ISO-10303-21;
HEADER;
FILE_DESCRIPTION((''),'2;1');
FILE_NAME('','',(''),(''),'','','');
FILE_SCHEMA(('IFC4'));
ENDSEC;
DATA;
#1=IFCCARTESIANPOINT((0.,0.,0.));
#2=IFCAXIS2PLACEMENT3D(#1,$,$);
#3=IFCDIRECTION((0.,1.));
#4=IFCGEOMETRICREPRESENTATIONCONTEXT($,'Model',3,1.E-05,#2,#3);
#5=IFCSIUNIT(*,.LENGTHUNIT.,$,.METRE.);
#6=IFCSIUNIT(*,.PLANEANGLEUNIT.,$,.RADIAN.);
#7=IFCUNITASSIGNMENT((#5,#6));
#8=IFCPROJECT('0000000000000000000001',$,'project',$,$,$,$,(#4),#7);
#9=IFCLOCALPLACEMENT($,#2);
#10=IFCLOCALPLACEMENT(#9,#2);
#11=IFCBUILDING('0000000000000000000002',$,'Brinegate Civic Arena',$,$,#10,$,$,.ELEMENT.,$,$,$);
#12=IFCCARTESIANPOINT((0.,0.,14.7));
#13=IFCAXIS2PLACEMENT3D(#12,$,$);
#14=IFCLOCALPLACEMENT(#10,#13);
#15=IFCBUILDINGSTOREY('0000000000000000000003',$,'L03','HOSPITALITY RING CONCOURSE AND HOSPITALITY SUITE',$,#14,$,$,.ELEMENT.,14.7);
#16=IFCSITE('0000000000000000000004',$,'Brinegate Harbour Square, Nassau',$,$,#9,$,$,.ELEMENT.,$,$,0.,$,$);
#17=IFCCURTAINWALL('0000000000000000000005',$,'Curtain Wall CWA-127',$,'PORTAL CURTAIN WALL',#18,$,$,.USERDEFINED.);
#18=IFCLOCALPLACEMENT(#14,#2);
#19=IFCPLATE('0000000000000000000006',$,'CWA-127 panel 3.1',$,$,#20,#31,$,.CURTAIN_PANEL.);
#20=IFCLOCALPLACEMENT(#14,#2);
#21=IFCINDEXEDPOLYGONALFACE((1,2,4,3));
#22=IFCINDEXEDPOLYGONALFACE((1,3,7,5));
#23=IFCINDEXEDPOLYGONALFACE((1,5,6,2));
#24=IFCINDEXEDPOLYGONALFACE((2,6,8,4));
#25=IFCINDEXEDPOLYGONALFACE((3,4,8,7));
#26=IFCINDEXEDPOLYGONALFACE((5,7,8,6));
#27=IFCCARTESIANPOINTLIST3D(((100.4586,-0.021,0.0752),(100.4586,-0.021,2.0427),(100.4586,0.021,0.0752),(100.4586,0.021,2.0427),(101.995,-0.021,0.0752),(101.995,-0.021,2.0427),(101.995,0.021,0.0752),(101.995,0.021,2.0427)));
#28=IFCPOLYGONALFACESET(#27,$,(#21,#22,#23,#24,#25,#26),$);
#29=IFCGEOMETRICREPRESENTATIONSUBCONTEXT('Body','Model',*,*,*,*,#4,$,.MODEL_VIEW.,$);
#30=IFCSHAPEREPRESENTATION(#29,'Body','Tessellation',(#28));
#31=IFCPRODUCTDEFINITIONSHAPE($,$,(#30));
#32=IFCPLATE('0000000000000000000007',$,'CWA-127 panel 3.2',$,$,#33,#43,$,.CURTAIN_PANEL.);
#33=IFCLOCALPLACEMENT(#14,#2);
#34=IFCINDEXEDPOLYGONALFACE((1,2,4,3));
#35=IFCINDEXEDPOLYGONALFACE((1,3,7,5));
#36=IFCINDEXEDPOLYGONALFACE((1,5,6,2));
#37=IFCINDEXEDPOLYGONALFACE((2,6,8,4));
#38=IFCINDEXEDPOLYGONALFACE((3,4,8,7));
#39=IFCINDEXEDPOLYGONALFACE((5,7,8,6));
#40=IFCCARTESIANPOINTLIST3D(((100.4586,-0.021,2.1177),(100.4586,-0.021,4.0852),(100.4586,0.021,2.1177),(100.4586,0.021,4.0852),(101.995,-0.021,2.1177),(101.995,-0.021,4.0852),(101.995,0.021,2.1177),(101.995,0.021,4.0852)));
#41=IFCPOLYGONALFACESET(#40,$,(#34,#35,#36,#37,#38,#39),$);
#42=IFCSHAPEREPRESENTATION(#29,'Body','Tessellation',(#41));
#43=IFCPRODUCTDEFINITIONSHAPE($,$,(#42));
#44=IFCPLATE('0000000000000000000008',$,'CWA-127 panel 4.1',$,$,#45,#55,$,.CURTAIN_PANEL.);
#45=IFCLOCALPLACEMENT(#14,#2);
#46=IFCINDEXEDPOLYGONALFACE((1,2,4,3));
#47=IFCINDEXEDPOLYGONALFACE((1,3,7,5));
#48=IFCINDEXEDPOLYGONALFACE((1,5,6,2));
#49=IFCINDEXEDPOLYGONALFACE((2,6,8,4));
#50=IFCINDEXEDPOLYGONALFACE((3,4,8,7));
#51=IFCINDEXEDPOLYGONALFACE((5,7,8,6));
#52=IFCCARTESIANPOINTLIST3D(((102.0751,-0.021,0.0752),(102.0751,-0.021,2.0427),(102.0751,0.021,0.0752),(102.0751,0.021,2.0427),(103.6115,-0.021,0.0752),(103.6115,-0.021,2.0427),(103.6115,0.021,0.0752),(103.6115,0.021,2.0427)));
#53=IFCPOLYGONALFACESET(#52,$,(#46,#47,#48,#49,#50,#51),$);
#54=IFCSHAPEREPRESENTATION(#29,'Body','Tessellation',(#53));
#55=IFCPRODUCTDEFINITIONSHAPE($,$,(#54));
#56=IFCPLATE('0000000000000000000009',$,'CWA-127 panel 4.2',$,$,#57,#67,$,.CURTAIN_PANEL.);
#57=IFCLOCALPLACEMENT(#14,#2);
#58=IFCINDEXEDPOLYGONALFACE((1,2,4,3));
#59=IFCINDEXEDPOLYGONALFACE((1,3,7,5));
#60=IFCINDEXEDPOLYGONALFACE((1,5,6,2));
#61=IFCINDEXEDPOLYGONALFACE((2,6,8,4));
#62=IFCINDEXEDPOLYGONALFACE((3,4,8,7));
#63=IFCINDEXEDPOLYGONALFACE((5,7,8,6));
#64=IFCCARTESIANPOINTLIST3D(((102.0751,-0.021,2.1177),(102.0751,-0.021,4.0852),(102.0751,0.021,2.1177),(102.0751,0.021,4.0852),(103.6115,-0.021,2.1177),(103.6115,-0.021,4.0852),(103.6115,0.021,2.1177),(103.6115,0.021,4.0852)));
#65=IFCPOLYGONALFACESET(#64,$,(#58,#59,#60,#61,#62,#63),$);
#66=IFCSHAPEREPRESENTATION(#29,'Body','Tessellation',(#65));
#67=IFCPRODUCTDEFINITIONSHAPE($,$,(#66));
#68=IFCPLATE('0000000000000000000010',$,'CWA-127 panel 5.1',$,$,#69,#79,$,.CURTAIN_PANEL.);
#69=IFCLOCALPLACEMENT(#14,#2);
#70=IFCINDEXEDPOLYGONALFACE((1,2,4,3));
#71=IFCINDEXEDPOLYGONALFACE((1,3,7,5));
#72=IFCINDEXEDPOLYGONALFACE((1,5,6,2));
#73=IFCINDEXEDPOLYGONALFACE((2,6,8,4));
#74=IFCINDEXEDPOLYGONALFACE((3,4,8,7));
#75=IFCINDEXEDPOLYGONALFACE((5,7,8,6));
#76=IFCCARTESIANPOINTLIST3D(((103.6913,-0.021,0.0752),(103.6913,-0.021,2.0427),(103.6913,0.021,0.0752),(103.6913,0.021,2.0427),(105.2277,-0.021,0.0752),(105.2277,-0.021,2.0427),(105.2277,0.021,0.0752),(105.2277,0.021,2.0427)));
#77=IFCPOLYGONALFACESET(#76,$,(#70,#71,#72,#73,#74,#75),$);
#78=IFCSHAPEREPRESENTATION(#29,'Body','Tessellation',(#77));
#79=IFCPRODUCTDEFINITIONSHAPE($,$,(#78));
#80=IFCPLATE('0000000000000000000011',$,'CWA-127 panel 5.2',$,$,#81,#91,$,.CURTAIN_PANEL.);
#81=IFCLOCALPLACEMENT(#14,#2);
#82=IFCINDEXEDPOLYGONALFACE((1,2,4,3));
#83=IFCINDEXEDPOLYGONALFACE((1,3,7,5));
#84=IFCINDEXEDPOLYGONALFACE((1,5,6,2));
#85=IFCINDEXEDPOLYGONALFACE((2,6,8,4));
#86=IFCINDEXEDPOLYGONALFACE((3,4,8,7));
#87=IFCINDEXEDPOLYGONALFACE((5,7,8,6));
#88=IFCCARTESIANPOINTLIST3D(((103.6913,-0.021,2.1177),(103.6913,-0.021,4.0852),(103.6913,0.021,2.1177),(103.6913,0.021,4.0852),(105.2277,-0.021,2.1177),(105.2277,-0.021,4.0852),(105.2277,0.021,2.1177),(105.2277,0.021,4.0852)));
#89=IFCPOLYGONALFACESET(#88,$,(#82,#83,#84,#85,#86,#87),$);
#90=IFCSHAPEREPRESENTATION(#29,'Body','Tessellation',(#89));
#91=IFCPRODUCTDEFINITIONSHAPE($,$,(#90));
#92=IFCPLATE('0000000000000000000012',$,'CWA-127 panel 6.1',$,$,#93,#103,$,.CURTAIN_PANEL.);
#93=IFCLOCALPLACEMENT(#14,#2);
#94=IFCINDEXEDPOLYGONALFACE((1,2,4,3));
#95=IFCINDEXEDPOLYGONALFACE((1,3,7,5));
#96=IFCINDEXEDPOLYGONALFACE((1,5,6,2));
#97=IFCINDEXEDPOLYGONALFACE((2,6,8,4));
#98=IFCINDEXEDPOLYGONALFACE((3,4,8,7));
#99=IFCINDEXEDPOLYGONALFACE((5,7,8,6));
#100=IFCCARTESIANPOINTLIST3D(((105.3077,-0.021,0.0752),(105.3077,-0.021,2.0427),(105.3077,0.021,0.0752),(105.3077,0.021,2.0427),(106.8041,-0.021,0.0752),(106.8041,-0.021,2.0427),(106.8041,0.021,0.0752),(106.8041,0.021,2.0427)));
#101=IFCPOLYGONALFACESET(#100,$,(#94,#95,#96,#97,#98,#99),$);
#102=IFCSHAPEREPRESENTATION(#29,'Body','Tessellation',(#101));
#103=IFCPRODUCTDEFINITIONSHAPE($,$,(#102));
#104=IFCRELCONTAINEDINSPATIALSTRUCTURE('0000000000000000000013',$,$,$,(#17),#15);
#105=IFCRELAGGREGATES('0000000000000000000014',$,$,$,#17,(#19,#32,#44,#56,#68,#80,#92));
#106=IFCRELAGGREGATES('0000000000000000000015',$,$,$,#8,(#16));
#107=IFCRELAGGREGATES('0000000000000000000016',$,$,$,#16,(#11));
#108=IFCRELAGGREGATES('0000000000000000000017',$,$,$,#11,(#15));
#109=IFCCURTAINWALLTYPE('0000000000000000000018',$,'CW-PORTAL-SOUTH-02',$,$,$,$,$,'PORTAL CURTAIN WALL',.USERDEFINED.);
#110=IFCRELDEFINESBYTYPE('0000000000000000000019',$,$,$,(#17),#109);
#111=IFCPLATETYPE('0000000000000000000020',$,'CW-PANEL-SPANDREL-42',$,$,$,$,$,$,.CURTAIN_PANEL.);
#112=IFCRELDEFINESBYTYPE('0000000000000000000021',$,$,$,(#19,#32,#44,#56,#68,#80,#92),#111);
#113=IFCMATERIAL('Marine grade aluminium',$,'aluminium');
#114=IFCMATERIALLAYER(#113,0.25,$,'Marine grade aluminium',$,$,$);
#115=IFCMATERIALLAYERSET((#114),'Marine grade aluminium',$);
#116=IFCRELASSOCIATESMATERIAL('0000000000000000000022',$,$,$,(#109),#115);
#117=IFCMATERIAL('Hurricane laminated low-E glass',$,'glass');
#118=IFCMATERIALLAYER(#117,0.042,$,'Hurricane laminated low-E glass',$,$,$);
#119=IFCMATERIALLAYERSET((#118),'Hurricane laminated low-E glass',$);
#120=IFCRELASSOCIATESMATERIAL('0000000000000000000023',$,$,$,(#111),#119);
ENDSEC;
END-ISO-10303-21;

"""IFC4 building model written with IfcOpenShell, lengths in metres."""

from ifc_helpers import new_model, si_unit, direction, frame, origin, origin_2d, place, context, subcontext, project, spatial, rectangle, extrude, material, layer, layer_set, type_object, element, aggregate, save


model = new_model("IFC4")

# Units and contexts
model_context = context("Model", 3, precision=1e-05, world=origin(), true_north=direction((0.0, 1.0)))
body_context = subcontext(model_context, "Body", "Model", "MODEL_VIEW")
ifc_project = project(units=[si_unit("LENGTHUNIT", "METRE"), si_unit("PLANEANGLEUNIT", "RADIAN")], contexts=[model_context])

# Site, building, storey
site_placement = place(None, origin())
site = spatial("IfcSite", under=ifc_project, at=site_placement, Name="Brinegate Harbour Square, Nassau", CompositionType="ELEMENT", RefElevation=0.0)
building_placement = place(site_placement, origin())
building = spatial("IfcBuilding", under=site, at=building_placement, Name="Brinegate Civic Arena", CompositionType="ELEMENT")
storey_placement = place(building_placement, frame((0.0, 0.0, 14.7)))
storey = spatial("IfcBuildingStorey", under=building, at=storey_placement, Name="L03", Description="HOSPITALITY RING CONCOURSE AND HOSPITALITY SUITE", CompositionType="ELEMENT", Elevation=14.7)

# Curtain wall, plates
ifc_material_1 = material(Name="Marine grade aluminium", Category="aluminium")
ifc_layer_1 = layer(ifc_material_1, 0.25, Name="Marine grade aluminium")
ifc_layer_set_1 = layer_set([ifc_layer_1], Name="Marine grade aluminium")
curtain_wall_type = type_object("IfcCurtainWallType", Name="CW-PORTAL-SOUTH-02", ElementType="PORTAL CURTAIN WALL", PredefinedType="USERDEFINED", material=ifc_layer_set_1)
curtain_wall_placement = place(storey_placement, origin())
curtain_wall = element("IfcCurtainWall", 1, at=curtain_wall_placement, inside=storey, type_object=curtain_wall_type, Name="Curtain Wall CWA-127", ObjectType="PORTAL CURTAIN WALL", PredefinedType="USERDEFINED")
ifc_material_2 = material(Name="Hurricane laminated low-E glass", Category="glass")
ifc_layer_2 = layer(ifc_material_2, 0.042, Name="Hurricane laminated low-E glass")
ifc_layer_set_2 = layer_set([ifc_layer_2], Name="Hurricane laminated low-E glass")
plate_type = type_object("IfcPlateType", Name="CW-PANEL-SPANDREL-42", PredefinedType="CURTAIN_PANEL", material=ifc_layer_set_2)
plate_1_placement = place(storey_placement, frame((101.2268, 0.0, 0.0752), z_axis=(0.0, 0.0, 1.0), x_axis=(1.0, 0.0, 0.0)))
plate_1 = element("IfcPlate", 2, at=plate_1_placement, type_object=plate_type, Name="CWA-127 panel 3.1", PredefinedType="CURTAIN_PANEL", context=body_context, shape_type="SweptSolid", body=[
    extrude(rectangle(XDim=1.5364, YDim=0.042, at=origin_2d()), origin(), (0.0, 0.0, 1.0), 1.9675),
])
plate_2_placement = place(storey_placement, frame((101.2268, 0.0, 2.1177), z_axis=(0.0, 0.0, 1.0), x_axis=(1.0, 0.0, 0.0)))
plate_2 = element("IfcPlate", 3, at=plate_2_placement, type_object=plate_type, Name="CWA-127 panel 3.2", PredefinedType="CURTAIN_PANEL", context=body_context, shape_type="SweptSolid", body=[
    extrude(rectangle(XDim=1.5364, YDim=0.042, at=origin_2d()), origin(), (0.0, 0.0, 1.0), 1.9675),
])
plate_3_placement = place(storey_placement, frame((102.8433, 0.0, 0.0752), z_axis=(0.0, 0.0, 1.0), x_axis=(1.0, 0.0, 0.0)))
plate_3 = element("IfcPlate", 4, at=plate_3_placement, type_object=plate_type, Name="CWA-127 panel 4.1", PredefinedType="CURTAIN_PANEL", context=body_context, shape_type="SweptSolid", body=[
    extrude(rectangle(XDim=1.5364, YDim=0.042, at=origin_2d()), origin(), (0.0, 0.0, 1.0), 1.9675),
])
plate_4_placement = place(storey_placement, frame((102.8433, 0.0, 2.1177), z_axis=(0.0, 0.0, 1.0), x_axis=(1.0, 0.0, 0.0)))
plate_4 = element("IfcPlate", 5, at=plate_4_placement, type_object=plate_type, Name="CWA-127 panel 4.2", PredefinedType="CURTAIN_PANEL", context=body_context, shape_type="SweptSolid", body=[
    extrude(rectangle(XDim=1.5364, YDim=0.042, at=origin_2d()), origin(), (0.0, 0.0, 1.0), 1.9675),
])
plate_5_placement = place(storey_placement, frame((104.4595, 0.0, 0.0752), z_axis=(0.0, 0.0, 1.0), x_axis=(1.0, 0.0, 0.0)))
plate_5 = element("IfcPlate", 6, at=plate_5_placement, type_object=plate_type, Name="CWA-127 panel 5.1", PredefinedType="CURTAIN_PANEL", context=body_context, shape_type="SweptSolid", body=[
    extrude(rectangle(XDim=1.5364, YDim=0.042, at=origin_2d()), origin(), (0.0, 0.0, 1.0), 1.9675),
])
plate_6_placement = place(storey_placement, frame((104.4595, 0.0, 2.1177), z_axis=(0.0, 0.0, 1.0), x_axis=(1.0, 0.0, 0.0)))
plate_6 = element("IfcPlate", 7, at=plate_6_placement, type_object=plate_type, Name="CWA-127 panel 5.2", PredefinedType="CURTAIN_PANEL", context=body_context, shape_type="SweptSolid", body=[
    extrude(rectangle(XDim=1.5364, YDim=0.042, at=origin_2d()), origin(), (0.0, 0.0, 1.0), 1.9675),
])
plate_7_placement = place(storey_placement, frame((106.0559, 0.0, 0.0752), z_axis=(0.0, 0.0, 1.0), x_axis=(1.0, 0.0, 0.0)))
plate_7 = element("IfcPlate", 8, at=plate_7_placement, type_object=plate_type, Name="CWA-127 panel 6.1", PredefinedType="CURTAIN_PANEL", context=body_context, shape_type="SweptSolid", body=[
    extrude(rectangle(XDim=1.4963, YDim=0.042, at=origin_2d()), origin(), (0.0, 0.0, 1.0), 1.9675),
])
aggregate(curtain_wall, [plate_1, plate_2, plate_3, plate_4, plate_5, plate_6, plate_7])

save(model, "model.ifc")
